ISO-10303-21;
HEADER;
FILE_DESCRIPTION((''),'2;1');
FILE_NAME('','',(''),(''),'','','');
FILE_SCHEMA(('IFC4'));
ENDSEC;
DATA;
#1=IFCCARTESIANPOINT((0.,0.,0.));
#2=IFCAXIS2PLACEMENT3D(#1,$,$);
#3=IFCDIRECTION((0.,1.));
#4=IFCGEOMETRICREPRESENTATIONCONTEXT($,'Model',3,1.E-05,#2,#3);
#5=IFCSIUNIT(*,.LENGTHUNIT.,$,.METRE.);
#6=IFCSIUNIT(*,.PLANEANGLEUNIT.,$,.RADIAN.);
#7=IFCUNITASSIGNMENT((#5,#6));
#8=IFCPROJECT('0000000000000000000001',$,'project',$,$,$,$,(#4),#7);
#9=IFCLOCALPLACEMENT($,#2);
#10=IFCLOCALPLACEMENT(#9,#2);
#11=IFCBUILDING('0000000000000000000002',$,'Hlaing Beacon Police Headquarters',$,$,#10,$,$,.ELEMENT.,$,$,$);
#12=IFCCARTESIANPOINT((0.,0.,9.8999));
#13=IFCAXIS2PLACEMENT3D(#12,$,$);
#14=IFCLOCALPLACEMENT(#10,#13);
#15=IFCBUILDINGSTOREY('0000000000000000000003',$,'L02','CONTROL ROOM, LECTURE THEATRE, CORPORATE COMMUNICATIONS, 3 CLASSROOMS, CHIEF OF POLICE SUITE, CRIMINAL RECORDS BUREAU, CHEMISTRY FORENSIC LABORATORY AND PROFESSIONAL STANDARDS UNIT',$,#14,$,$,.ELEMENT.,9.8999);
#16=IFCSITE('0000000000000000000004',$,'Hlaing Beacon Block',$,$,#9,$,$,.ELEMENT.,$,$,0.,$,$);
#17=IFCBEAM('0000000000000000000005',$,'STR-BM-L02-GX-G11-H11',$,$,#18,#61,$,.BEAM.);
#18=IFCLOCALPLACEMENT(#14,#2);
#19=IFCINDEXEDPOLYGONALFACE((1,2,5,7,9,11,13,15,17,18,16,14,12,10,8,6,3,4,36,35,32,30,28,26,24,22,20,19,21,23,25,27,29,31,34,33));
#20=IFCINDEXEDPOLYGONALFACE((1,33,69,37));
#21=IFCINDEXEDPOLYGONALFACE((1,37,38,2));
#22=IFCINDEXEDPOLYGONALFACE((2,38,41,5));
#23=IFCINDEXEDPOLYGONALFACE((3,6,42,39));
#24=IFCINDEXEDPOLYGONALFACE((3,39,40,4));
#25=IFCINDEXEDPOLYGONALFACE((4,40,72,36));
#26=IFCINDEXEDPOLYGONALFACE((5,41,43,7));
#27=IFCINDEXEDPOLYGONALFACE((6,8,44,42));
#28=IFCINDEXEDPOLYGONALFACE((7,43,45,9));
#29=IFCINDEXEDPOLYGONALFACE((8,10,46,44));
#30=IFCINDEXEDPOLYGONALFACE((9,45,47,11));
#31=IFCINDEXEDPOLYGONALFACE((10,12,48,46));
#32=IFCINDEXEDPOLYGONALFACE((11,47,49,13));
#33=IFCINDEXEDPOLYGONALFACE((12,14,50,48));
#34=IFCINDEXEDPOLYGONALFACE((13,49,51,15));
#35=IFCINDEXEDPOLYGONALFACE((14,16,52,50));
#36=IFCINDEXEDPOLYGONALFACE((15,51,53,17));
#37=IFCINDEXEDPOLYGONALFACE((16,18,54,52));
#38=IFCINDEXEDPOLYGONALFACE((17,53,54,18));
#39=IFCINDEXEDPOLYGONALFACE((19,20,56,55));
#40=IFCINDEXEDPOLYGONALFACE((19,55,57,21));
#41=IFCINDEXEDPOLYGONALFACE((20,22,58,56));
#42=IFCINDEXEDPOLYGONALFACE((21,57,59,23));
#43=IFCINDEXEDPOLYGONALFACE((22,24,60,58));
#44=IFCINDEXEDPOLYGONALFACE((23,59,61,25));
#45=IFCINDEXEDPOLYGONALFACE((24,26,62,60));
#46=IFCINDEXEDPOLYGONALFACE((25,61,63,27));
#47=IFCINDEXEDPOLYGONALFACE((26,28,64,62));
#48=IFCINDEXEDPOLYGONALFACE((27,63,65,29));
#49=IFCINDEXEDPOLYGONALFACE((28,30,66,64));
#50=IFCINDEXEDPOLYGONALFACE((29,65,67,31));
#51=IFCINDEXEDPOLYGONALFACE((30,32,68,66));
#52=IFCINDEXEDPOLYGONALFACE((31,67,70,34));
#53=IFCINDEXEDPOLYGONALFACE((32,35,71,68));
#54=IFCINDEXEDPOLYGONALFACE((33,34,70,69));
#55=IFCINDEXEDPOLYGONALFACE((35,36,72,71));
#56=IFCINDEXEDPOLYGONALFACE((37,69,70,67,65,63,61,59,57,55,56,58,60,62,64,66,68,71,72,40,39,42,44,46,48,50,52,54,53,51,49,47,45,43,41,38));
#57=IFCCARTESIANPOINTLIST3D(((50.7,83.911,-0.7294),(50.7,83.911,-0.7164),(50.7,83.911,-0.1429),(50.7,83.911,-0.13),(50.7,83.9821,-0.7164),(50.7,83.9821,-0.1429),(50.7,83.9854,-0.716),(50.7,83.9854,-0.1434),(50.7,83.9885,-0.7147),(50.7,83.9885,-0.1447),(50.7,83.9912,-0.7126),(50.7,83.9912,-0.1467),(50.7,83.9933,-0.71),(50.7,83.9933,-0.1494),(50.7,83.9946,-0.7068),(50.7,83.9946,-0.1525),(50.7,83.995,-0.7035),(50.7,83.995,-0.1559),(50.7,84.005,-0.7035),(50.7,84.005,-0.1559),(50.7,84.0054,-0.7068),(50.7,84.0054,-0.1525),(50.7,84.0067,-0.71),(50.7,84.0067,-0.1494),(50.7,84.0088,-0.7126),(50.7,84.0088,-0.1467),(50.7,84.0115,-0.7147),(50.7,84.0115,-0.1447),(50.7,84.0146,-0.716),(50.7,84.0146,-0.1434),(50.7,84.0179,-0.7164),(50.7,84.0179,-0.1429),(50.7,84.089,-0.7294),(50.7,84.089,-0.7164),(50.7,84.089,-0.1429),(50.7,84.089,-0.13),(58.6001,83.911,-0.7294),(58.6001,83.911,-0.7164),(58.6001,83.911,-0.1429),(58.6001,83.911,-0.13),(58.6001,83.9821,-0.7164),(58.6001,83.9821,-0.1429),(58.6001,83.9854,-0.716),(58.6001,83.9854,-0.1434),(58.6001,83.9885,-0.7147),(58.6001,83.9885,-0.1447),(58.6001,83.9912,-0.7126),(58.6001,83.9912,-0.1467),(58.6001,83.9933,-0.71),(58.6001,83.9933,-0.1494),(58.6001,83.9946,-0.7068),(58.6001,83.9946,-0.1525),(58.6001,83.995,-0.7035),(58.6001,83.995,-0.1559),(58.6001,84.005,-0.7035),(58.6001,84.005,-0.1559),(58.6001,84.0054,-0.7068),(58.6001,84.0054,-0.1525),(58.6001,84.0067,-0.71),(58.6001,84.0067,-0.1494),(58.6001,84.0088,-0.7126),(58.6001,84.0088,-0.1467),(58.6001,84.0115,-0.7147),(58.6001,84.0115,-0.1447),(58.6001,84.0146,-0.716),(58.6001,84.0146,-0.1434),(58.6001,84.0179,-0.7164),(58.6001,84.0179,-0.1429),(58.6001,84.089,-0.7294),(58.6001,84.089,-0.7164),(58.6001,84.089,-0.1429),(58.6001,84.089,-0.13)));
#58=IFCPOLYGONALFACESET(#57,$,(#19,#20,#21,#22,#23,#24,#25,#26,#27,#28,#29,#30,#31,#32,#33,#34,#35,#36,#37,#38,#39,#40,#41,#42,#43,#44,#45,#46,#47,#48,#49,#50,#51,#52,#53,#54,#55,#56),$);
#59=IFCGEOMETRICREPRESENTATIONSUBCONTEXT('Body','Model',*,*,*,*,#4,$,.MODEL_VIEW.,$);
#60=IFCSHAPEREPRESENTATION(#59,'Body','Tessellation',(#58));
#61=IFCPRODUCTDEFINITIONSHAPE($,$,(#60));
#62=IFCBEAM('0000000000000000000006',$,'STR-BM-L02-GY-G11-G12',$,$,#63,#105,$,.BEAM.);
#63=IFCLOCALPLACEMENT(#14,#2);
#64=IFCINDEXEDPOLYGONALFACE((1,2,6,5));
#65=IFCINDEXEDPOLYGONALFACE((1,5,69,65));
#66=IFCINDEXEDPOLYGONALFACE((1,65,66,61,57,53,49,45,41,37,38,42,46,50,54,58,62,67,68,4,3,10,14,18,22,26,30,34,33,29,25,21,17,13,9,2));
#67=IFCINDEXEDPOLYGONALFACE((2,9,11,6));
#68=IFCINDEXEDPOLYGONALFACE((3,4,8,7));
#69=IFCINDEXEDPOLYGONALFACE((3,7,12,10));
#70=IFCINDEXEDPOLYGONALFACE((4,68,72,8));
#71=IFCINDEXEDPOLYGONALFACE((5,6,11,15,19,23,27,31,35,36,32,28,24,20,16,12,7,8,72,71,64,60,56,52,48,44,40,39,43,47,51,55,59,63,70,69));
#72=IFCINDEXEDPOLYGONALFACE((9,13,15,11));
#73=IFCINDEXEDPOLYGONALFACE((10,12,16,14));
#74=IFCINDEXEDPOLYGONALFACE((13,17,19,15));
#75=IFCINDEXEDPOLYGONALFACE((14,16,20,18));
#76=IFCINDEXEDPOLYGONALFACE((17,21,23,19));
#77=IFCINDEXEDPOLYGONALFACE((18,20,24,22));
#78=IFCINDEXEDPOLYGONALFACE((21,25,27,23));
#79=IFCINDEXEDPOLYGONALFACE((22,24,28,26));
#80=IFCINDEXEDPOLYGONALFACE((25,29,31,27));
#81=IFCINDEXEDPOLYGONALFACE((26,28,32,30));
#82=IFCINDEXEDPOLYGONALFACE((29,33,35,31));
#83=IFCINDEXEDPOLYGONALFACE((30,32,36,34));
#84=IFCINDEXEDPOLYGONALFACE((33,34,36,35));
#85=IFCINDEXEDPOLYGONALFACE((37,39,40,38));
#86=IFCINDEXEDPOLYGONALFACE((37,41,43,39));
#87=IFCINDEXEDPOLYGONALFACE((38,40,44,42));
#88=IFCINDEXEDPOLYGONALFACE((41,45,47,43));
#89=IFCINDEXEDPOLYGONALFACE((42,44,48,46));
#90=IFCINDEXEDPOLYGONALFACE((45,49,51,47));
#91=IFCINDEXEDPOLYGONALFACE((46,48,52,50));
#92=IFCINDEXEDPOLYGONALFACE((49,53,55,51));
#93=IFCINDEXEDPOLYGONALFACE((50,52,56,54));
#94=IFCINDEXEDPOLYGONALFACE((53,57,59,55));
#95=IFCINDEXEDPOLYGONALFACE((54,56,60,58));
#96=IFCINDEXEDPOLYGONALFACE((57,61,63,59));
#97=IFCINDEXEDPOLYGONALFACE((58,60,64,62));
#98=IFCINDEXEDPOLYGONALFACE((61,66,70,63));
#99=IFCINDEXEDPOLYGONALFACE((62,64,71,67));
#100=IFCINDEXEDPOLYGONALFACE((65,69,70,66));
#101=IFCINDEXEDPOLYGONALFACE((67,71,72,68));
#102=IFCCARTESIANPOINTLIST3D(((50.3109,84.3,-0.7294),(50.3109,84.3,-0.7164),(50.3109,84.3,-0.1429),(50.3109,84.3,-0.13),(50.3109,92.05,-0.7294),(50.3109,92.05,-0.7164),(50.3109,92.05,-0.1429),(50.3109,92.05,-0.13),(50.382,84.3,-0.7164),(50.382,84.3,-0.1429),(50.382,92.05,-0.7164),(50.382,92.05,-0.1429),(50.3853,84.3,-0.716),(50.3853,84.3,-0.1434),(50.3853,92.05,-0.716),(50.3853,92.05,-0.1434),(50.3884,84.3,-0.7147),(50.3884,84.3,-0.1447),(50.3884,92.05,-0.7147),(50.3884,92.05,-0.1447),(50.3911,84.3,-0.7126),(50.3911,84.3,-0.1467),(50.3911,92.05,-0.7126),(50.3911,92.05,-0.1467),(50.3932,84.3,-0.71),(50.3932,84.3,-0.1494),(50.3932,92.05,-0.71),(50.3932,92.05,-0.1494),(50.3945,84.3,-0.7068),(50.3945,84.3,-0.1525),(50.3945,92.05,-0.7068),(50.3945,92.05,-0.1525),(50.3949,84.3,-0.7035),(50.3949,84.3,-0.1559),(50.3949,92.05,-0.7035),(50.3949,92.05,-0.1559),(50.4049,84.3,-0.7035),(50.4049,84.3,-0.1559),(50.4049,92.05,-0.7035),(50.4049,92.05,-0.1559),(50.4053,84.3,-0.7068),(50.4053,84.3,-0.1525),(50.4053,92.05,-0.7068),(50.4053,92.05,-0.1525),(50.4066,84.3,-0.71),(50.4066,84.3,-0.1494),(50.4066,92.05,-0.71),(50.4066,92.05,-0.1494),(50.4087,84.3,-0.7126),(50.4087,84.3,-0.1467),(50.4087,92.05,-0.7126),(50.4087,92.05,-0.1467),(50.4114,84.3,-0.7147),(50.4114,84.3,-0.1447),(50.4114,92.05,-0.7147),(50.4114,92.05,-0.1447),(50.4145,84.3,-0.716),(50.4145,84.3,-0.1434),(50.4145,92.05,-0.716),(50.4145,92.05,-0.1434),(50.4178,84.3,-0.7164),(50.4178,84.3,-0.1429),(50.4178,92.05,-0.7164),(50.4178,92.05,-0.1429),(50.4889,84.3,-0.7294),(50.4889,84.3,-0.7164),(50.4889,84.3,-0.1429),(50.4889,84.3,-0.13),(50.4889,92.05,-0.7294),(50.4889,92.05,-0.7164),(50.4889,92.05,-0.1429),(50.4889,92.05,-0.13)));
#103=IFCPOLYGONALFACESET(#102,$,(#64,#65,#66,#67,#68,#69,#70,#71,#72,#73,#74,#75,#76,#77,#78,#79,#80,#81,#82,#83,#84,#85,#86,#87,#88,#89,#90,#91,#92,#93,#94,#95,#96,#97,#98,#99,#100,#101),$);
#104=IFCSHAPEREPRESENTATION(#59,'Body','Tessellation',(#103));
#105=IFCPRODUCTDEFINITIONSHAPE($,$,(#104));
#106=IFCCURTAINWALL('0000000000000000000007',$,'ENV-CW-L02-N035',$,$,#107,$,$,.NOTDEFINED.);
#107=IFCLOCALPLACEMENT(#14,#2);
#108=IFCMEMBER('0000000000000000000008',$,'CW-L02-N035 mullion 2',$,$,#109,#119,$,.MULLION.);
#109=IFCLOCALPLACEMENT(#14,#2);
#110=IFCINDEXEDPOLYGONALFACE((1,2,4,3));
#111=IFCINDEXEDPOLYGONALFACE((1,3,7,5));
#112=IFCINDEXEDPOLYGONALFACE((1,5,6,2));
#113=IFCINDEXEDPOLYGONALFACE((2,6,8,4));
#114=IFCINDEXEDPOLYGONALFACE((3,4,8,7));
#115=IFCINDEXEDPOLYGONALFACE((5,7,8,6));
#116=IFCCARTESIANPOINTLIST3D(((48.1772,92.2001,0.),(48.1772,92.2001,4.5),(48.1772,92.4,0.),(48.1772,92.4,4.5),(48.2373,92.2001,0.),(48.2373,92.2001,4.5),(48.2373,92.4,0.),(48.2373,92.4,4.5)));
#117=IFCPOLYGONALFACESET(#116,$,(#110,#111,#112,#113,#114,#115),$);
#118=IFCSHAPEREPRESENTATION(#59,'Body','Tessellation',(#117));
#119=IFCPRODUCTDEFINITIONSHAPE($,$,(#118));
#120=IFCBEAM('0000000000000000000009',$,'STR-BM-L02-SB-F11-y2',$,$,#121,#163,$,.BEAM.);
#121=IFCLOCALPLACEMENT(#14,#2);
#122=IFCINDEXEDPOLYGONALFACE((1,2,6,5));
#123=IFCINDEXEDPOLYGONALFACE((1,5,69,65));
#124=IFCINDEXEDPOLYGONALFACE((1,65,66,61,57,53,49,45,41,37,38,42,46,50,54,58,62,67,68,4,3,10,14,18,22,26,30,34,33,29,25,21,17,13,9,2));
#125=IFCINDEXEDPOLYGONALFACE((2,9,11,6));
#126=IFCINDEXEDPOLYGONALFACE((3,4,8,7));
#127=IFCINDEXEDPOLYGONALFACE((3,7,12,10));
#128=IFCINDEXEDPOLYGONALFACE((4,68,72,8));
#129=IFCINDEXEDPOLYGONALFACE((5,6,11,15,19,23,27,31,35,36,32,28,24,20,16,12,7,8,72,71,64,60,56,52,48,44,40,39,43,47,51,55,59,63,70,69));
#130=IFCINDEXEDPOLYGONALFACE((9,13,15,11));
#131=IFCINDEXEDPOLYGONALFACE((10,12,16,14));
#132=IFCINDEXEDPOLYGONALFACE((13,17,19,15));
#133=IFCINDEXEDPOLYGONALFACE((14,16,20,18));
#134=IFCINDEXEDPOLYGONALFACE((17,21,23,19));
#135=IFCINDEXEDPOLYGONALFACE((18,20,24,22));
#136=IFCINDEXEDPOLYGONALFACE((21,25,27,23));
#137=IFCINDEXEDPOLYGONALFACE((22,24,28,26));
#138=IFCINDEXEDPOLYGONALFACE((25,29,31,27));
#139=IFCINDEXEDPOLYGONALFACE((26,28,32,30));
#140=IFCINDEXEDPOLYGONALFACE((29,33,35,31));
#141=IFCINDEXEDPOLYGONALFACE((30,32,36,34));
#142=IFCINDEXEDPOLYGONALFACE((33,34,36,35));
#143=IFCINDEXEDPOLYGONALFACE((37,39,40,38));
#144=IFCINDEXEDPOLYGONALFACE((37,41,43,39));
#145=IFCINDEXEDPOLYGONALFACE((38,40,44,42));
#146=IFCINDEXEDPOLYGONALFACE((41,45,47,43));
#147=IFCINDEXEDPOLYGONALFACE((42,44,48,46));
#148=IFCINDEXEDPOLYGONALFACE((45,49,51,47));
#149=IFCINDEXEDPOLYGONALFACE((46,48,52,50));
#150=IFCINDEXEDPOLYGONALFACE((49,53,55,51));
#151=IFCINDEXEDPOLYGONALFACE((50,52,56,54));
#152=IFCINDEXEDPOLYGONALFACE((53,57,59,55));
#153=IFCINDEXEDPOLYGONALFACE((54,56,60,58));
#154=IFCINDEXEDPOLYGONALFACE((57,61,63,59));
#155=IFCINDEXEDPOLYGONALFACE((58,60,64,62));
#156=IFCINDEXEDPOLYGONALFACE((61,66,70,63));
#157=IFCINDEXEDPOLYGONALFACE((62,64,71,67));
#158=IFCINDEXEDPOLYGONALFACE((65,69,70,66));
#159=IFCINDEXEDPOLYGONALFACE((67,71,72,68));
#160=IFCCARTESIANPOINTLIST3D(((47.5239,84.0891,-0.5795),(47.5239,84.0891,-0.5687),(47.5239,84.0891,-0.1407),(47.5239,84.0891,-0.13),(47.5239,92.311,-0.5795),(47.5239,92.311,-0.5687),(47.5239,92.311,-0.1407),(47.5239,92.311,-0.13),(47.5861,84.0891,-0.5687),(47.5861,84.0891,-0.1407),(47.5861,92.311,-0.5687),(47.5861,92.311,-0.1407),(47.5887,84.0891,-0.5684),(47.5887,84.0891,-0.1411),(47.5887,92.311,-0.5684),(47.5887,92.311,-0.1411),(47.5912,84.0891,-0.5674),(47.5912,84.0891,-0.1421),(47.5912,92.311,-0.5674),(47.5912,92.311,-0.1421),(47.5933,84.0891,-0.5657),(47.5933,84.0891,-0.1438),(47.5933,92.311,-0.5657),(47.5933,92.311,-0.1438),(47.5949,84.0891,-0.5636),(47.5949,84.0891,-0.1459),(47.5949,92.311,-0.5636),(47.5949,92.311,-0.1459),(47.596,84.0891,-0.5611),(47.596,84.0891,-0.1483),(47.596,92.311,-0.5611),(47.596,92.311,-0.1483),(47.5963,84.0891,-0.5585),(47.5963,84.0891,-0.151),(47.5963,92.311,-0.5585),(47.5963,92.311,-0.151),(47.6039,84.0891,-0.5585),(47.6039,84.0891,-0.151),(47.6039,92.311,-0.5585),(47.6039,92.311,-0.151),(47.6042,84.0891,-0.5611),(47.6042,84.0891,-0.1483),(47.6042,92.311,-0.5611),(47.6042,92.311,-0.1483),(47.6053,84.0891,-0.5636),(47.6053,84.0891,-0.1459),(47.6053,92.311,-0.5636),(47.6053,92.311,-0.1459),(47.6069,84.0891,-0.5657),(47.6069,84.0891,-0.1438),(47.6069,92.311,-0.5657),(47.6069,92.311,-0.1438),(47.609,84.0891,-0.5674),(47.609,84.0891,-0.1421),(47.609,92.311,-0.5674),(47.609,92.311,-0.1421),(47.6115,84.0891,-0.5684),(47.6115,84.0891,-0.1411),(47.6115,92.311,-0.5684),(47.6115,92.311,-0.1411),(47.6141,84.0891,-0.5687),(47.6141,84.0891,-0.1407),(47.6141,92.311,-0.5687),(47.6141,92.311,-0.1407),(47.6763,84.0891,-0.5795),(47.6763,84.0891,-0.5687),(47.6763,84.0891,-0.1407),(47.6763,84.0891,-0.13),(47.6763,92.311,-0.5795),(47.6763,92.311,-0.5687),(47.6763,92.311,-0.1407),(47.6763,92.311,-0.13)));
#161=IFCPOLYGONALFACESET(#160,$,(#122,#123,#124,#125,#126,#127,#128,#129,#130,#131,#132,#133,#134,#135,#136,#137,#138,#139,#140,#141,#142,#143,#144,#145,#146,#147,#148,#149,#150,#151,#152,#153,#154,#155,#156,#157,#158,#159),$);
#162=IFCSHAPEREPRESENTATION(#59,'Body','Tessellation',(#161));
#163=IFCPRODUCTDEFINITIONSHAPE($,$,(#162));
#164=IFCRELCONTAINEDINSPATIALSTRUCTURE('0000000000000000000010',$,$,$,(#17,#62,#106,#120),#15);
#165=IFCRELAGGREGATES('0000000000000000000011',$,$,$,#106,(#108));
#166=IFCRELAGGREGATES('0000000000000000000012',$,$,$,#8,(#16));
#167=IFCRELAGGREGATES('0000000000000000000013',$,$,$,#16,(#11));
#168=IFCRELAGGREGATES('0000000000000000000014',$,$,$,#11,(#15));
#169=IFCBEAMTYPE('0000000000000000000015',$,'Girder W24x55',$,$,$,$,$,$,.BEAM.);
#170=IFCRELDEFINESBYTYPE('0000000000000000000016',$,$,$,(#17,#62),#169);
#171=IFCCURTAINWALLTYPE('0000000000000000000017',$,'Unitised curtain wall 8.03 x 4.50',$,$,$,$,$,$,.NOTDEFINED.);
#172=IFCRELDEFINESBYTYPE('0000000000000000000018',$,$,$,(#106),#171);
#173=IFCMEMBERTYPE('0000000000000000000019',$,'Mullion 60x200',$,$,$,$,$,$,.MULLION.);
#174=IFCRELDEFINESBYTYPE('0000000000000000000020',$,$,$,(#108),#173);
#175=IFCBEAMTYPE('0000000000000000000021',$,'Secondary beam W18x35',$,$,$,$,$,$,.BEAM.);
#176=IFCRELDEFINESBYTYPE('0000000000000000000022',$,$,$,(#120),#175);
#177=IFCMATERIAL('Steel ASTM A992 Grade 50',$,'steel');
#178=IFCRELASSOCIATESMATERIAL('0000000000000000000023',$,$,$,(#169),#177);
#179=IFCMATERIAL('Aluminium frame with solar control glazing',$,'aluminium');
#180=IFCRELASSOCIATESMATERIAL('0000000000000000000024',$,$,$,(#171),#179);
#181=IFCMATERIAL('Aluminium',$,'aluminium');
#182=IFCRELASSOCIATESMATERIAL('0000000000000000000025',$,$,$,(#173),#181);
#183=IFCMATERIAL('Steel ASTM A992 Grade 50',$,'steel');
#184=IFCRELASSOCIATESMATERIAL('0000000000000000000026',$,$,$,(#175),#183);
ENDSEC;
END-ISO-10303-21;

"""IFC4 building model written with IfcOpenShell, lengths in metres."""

from ifc_helpers import new_model, si_unit, direction, frame, origin, origin_2d, place, context, subcontext, project, spatial, rectangle, i_section, extrude, material, material_profile, profile_set, type_object, element, aggregate, save


model = new_model("IFC4")

# Units and contexts
model_context = context("Model", 3, precision=1e-05, world=origin(), true_north=direction((0.0, 1.0)))
body_context = subcontext(model_context, "Body", "Model", "MODEL_VIEW")
ifc_project = project(units=[si_unit("LENGTHUNIT", "METRE"), si_unit("PLANEANGLEUNIT", "RADIAN")], contexts=[model_context])

# Site, building, storey
site_placement = place(None, origin())
site = spatial("IfcSite", under=ifc_project, at=site_placement, Name="Hlaing Beacon Block", CompositionType="ELEMENT", RefElevation=0.0)
building_placement = place(site_placement, origin())
building = spatial("IfcBuilding", under=site, at=building_placement, Name="Hlaing Beacon Police Headquarters", CompositionType="ELEMENT")
storey_placement = place(building_placement, frame((0.0, 0.0, 9.8999)))
storey = spatial("IfcBuildingStorey", under=building, at=storey_placement, Name="L02", Description="CONTROL ROOM, LECTURE THEATRE, CORPORATE COMMUNICATIONS, 3 CLASSROOMS, CHIEF OF POLICE SUITE, CRIMINAL RECORDS BUREAU, CHEMISTRY FORENSIC LABORATORY AND PROFESSIONAL STANDARDS UNIT", CompositionType="ELEMENT", Elevation=9.8999)

# Beams
ifc_material_1 = material(Name="Steel ASTM A992 Grade 50", Category="steel")
ifc_material_profile_1 = material_profile(ifc_material_1, i_section(OverallWidth=0.178, OverallDepth=0.5994, WebThickness=0.01, FlangeThickness=0.0129, FilletRadius=0.0129, at=origin_2d()), Name="W24x55")
ifc_profile_set_1 = profile_set([ifc_material_profile_1], Name="Steel ASTM A992 Grade 50")
beam_type_1 = type_object("IfcBeamType", Name="Girder W24x55", PredefinedType="BEAM", material=ifc_profile_set_1)
beam_1_placement = place(storey_placement, frame((50.7, 84.0, -0.4297), z_axis=(1.0, 0.0, 0.0), x_axis=(0.0, 1.0, 0.0)))
element("IfcBeam", 1, at=beam_1_placement, inside=storey, type_object=beam_type_1, Name="STR-BM-L02-GX-G11-H11", PredefinedType="BEAM", context=body_context, shape_type="SweptSolid", body=[
    extrude(i_section(OverallWidth=0.178, OverallDepth=0.5994, WebThickness=0.01, FlangeThickness=0.0129, FilletRadius=0.0129, at=origin_2d()), origin(), (0.0, 0.0, 1.0), 7.9001),
])
beam_2_placement = place(storey_placement, frame((50.3999, 84.3, -0.4297), z_axis=(0.0, 1.0, 0.0), x_axis=(-1.0, 0.0, 0.0)))
element("IfcBeam", 2, at=beam_2_placement, inside=storey, type_object=beam_type_1, Name="STR-BM-L02-GY-G11-G12", PredefinedType="BEAM", context=body_context, shape_type="SweptSolid", body=[
    extrude(i_section(OverallWidth=0.178, OverallDepth=0.5994, WebThickness=0.01, FlangeThickness=0.0129, FilletRadius=0.0129, at=origin_2d()), origin(), (0.0, 0.0, 1.0), 7.75),
])

# Curtain wall, member
ifc_material_2 = material(Name="Aluminium frame with solar control glazing", Category="aluminium")
curtain_wall_type = type_object("IfcCurtainWallType", Name="Unitised curtain wall 8.03 x 4.50", PredefinedType="NOTDEFINED", material=ifc_material_2)
curtain_wall_placement = place(storey_placement, origin())
curtain_wall = element("IfcCurtainWall", 3, at=curtain_wall_placement, inside=storey, type_object=curtain_wall_type, Name="ENV-CW-L02-N035", PredefinedType="NOTDEFINED")
ifc_material_3 = material(Name="Aluminium", Category="aluminium")
ifc_material_profile_2 = material_profile(ifc_material_3, rectangle(XDim=0.2, YDim=0.0601, at=origin_2d()), Name="Mullion 60x200")
ifc_profile_set_2 = profile_set([ifc_material_profile_2], Name="Aluminium")
member_type_1 = type_object("IfcMemberType", Name="Mullion 60x200", PredefinedType="MULLION", material=ifc_profile_set_2)
member_1_placement = place(storey_placement, frame((48.2073, 92.3, 0.0), z_axis=(0.0, 0.0, 1.0), x_axis=(0.0, -1.0, 0.0)))
member_1 = element("IfcMember", 4, at=member_1_placement, type_object=member_type_1, Name="CW-L02-N035 mullion 2", PredefinedType="MULLION", context=body_context, shape_type="SweptSolid", body=[
    extrude(rectangle(XDim=0.2, YDim=0.0601, at=origin_2d()), origin(), (0.0, 0.0, 1.0), 4.5),
])

# Beam
ifc_material_4 = material(Name="Steel ASTM A992 Grade 50", Category="steel")
ifc_material_profile_3 = material_profile(ifc_material_4, i_section(OverallWidth=0.1523, OverallDepth=0.4495, WebThickness=0.0076, FlangeThickness=0.0107, FilletRadius=0.0103, at=origin_2d()), Name="W18x35")
ifc_profile_set_3 = profile_set([ifc_material_profile_3], Name="Steel ASTM A992 Grade 50")
beam_type_2 = type_object("IfcBeamType", Name="Secondary beam W18x35", PredefinedType="BEAM", material=ifc_profile_set_3)
for number, where, z_axis, x_axis, name in (
    (5, (47.6001, 84.0891, -0.3547), (0.0, 1.0, 0.0), (-1.0, 0.0, 0.0), "STR-BM-L02-SB-F11-y2"),
):
    element("IfcBeam", number, at=place(storey_placement, frame(where, z_axis=z_axis, x_axis=x_axis)), inside=storey, type_object=beam_type_2, Name=name, PredefinedType="BEAM", context=body_context, shape_type="SweptSolid", body=[
        extrude(i_section(OverallWidth=0.1523, OverallDepth=0.4495, WebThickness=0.0076, FlangeThickness=0.0107, FilletRadius=0.0103, at=origin_2d()), origin(), (0.0, 0.0, 1.0), 8.2219),
    ])

aggregate(curtain_wall, [member_1])

save(model, "model.ifc")
